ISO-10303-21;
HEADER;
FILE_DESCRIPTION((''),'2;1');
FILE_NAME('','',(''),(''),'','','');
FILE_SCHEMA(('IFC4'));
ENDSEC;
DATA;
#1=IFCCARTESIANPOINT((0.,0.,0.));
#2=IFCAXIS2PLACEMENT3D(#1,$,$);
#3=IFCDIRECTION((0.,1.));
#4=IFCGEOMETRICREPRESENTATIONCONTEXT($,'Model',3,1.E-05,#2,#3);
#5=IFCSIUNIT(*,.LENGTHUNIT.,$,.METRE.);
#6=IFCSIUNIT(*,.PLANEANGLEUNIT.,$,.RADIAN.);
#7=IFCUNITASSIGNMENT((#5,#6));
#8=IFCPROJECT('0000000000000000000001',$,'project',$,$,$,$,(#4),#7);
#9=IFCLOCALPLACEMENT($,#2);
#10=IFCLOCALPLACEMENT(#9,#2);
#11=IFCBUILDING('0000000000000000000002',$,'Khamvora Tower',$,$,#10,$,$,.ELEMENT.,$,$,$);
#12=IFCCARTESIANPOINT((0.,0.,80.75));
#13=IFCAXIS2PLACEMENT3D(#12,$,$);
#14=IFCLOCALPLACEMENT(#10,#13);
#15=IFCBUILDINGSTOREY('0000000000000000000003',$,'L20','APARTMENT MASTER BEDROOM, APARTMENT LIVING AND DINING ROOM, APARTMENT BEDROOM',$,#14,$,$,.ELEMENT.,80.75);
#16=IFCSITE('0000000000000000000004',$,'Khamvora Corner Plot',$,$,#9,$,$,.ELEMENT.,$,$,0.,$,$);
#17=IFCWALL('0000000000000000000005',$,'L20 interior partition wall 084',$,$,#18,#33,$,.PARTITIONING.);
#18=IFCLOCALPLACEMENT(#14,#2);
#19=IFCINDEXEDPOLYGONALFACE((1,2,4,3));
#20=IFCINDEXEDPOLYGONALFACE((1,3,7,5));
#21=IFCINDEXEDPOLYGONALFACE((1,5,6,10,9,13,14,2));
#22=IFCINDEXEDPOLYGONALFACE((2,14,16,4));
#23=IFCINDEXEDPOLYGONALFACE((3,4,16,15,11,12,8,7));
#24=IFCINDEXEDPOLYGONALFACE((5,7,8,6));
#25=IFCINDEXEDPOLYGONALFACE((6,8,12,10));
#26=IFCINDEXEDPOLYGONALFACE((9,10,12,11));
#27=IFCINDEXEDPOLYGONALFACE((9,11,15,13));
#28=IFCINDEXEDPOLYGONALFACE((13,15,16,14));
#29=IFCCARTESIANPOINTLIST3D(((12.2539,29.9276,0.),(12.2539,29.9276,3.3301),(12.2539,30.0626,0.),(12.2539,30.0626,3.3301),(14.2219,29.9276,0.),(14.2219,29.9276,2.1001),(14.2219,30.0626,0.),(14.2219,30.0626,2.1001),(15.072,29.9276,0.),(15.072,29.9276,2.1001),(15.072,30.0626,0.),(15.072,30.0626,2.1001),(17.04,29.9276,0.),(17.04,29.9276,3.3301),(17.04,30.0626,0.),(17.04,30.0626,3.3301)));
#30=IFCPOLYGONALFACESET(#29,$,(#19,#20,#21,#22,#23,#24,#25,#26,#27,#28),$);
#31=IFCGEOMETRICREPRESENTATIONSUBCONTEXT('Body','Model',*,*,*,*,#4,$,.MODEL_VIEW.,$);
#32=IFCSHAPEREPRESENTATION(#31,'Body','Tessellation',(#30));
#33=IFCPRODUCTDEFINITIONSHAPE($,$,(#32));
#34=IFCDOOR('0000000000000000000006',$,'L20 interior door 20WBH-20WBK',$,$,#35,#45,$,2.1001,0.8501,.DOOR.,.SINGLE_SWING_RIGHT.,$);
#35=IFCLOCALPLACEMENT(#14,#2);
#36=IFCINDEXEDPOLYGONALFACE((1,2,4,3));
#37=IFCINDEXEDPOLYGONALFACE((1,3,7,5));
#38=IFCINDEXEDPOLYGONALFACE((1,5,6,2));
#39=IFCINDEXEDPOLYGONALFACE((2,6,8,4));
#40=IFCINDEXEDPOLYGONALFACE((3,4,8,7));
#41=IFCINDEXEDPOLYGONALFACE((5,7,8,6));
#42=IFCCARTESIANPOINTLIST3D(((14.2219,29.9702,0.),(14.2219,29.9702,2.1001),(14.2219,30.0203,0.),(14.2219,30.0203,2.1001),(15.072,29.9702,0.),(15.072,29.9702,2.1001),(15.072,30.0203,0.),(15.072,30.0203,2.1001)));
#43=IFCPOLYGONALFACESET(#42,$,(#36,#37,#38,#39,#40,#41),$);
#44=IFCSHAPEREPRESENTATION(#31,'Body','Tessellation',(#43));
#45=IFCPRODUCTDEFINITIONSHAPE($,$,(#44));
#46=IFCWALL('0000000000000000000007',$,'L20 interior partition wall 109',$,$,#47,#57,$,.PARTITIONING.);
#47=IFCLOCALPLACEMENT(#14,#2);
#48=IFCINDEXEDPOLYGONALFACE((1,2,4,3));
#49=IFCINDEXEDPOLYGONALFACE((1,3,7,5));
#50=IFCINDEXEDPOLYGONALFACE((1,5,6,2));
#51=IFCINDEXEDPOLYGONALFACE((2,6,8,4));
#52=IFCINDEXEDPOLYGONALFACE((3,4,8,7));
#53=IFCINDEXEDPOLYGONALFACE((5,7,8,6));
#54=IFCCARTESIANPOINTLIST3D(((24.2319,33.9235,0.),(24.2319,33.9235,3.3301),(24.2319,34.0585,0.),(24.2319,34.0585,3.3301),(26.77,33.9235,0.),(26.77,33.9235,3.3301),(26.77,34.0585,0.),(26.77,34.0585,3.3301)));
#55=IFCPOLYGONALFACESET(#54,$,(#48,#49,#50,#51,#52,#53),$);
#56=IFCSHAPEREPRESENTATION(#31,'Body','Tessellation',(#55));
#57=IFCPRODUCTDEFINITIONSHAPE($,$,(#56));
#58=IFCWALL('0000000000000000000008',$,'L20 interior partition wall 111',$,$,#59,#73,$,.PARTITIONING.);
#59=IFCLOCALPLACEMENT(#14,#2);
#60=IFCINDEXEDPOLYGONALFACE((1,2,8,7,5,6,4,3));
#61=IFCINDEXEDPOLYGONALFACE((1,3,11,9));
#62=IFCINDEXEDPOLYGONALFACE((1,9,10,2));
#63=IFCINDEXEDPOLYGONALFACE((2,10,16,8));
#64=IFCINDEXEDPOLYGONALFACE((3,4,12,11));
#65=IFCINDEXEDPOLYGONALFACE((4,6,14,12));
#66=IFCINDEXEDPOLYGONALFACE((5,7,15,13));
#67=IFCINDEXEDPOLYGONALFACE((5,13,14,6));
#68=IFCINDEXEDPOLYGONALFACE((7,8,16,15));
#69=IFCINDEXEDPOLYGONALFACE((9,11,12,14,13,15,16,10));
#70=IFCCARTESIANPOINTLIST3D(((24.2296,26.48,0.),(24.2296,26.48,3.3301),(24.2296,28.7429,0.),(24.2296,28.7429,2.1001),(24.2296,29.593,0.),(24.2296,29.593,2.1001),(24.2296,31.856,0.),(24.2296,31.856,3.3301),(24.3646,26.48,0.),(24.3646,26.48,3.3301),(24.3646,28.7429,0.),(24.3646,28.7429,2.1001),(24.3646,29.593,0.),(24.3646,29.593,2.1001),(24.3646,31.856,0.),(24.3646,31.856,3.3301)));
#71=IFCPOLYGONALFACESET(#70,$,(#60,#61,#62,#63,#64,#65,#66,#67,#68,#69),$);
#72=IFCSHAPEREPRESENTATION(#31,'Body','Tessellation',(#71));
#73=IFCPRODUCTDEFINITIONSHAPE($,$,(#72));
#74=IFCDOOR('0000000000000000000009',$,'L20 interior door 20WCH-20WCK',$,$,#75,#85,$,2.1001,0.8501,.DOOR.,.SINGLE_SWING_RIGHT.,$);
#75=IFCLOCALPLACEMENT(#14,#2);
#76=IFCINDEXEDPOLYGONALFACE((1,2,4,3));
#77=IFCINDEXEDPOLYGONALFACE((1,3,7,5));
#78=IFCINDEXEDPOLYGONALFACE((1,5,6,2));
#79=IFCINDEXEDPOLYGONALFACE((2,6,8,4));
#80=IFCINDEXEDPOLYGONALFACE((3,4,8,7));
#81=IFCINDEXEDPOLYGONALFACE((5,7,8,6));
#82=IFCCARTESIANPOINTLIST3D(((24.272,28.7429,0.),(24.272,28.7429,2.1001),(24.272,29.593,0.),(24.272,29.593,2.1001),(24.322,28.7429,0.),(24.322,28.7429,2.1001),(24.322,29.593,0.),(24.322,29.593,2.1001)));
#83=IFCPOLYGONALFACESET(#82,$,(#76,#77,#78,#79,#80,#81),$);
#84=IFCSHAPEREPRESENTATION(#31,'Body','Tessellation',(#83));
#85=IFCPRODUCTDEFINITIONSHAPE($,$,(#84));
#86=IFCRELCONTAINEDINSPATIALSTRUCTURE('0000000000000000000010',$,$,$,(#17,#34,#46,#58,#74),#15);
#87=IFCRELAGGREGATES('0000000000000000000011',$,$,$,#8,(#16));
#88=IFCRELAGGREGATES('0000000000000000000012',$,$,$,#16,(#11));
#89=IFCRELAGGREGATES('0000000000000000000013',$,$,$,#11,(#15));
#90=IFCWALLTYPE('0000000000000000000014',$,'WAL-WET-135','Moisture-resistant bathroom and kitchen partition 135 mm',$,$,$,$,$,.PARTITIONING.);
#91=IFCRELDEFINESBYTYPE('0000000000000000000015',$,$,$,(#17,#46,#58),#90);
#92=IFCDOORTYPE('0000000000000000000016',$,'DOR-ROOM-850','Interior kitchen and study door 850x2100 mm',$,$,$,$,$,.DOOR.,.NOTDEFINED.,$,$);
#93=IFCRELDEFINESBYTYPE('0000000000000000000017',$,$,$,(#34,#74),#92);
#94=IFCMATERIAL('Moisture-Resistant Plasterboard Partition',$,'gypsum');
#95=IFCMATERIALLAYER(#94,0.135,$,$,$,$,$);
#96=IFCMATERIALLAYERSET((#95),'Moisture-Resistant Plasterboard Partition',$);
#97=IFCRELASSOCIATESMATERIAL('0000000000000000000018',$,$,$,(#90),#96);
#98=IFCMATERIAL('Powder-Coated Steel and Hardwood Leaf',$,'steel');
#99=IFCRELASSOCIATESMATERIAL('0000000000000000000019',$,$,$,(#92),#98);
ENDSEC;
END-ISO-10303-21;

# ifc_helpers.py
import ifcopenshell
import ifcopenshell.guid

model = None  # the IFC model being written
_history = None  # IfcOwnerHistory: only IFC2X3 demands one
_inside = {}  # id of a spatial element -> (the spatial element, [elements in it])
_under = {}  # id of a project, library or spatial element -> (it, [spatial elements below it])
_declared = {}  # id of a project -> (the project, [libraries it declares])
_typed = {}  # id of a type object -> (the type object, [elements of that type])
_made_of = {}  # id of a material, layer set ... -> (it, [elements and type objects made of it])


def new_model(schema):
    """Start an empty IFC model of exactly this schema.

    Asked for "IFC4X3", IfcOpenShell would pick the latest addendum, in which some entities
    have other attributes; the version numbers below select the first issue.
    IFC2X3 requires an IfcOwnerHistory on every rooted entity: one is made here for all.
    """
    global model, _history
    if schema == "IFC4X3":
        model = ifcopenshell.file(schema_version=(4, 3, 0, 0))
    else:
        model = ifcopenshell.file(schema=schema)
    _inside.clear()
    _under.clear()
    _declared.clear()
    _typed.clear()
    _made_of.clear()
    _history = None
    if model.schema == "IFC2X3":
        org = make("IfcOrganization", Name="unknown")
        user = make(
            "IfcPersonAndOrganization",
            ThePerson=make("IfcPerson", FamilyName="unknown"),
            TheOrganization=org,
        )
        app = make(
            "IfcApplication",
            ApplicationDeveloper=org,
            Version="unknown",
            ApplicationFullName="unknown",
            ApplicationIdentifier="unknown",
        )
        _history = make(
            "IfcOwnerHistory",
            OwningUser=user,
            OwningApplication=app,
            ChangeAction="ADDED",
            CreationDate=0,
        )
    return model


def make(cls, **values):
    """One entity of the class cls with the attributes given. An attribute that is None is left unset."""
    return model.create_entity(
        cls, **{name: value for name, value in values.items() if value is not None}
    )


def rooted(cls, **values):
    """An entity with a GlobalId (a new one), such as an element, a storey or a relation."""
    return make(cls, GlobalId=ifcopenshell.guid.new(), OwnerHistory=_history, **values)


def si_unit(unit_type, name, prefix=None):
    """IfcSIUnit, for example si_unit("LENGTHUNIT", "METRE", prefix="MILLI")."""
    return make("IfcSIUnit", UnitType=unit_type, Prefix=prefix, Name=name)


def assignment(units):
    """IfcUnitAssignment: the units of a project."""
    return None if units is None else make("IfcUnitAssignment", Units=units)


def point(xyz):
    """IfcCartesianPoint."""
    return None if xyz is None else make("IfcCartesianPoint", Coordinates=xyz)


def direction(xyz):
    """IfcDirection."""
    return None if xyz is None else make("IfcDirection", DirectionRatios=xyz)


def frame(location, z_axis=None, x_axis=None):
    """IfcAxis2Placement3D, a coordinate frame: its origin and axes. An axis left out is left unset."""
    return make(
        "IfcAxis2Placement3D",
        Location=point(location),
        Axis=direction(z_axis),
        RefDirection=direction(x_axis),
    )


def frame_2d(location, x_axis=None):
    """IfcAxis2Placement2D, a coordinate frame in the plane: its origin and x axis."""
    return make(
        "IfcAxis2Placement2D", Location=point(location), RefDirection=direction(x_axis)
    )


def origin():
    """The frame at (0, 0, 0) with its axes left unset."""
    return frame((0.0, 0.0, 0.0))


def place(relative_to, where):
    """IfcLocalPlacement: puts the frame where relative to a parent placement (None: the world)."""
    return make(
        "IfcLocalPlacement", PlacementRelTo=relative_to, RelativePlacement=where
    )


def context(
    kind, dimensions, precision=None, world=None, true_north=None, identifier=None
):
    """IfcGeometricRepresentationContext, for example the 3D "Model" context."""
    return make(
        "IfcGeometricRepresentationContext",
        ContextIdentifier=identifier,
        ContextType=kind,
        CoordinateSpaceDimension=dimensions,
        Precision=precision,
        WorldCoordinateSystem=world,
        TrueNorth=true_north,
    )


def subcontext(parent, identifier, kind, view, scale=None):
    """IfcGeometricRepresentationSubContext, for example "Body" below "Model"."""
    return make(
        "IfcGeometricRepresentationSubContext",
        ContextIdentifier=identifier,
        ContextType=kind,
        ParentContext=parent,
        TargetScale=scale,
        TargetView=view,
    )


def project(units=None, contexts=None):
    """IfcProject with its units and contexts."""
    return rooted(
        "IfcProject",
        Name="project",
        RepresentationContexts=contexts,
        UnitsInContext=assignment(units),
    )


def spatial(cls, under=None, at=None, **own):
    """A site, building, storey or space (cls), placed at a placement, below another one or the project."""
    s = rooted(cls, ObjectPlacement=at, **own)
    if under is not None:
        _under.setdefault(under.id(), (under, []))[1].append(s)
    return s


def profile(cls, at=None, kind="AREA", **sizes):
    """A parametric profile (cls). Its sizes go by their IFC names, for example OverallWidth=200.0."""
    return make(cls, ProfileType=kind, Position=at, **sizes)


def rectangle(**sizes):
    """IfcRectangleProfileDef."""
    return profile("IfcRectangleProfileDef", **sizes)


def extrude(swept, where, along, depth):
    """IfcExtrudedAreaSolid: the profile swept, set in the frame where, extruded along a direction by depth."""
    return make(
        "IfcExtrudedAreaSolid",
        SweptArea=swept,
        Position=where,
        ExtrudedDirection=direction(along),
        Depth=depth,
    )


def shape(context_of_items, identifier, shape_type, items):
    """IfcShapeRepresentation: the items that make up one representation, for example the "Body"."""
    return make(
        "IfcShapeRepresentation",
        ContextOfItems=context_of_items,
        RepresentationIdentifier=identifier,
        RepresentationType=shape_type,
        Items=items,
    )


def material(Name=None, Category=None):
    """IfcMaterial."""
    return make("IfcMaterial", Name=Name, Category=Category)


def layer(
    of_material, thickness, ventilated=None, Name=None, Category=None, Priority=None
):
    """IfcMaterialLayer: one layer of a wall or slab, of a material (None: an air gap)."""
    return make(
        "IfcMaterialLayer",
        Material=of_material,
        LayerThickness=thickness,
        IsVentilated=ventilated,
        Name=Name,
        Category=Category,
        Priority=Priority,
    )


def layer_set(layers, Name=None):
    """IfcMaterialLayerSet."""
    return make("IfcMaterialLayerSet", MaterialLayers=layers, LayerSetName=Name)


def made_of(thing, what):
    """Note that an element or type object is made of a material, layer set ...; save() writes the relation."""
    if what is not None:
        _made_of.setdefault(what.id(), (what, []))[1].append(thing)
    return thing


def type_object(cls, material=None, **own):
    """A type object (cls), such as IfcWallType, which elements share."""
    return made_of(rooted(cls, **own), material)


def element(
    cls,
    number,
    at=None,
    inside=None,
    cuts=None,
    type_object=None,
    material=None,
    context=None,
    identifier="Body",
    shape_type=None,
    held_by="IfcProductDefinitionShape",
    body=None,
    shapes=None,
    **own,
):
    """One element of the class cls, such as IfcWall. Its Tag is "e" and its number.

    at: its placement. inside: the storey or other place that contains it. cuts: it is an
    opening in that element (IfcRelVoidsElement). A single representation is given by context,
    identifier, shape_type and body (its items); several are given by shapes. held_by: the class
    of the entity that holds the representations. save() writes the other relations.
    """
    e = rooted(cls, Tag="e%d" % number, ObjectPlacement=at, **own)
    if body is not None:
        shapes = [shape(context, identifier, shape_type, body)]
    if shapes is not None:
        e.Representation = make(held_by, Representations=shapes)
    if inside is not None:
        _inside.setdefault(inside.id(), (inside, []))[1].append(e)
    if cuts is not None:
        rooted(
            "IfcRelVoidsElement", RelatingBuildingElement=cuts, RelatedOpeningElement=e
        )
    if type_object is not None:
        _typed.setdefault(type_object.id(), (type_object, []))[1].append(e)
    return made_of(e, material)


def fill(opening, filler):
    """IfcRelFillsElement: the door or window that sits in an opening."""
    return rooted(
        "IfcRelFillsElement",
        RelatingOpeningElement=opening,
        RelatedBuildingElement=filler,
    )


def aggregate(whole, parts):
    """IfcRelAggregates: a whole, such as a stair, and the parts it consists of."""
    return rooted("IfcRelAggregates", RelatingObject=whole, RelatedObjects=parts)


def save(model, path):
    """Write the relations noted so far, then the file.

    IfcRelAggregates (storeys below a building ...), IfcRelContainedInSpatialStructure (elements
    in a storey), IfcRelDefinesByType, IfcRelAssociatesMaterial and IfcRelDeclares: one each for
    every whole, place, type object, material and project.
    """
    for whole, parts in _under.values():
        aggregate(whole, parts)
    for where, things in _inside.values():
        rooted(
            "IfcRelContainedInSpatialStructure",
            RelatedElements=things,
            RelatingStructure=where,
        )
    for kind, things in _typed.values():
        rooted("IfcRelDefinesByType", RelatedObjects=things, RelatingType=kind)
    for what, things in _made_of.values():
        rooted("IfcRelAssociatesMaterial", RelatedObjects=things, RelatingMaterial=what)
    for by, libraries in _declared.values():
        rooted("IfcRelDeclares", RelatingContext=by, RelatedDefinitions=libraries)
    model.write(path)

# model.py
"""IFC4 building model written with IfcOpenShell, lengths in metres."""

from ifc_helpers import new_model, si_unit, direction, frame, frame_2d, origin, place, context, subcontext, project, spatial, rectangle, extrude, material, layer, layer_set, type_object, element, fill, save


model = new_model("IFC4")

# Units and contexts
model_context = context("Model", 3, precision=1e-05, world=origin(), true_north=direction((0.0, 1.0)))
body_context = subcontext(model_context, "Body", "Model", "MODEL_VIEW")
ifc_project = project(units=[si_unit("LENGTHUNIT", "METRE"), si_unit("PLANEANGLEUNIT", "RADIAN")], contexts=[model_context])

# Site, building, storey
site_placement = place(None, origin())
site = spatial("IfcSite", under=ifc_project, at=site_placement, Name="Khamvora Corner Plot", CompositionType="ELEMENT", RefElevation=0.0)
building_placement = place(site_placement, origin())
building = spatial("IfcBuilding", under=site, at=building_placement, Name="Khamvora Tower", CompositionType="ELEMENT")
storey_placement = place(building_placement, frame((0.0, 0.0, 80.75)))
storey = spatial("IfcBuildingStorey", under=building, at=storey_placement, Name="L20", Description="APARTMENT MASTER BEDROOM, APARTMENT LIVING AND DINING ROOM, APARTMENT BEDROOM", CompositionType="ELEMENT", Elevation=80.75)

# Shared definitions
ifc_material_1 = material(Name="Powder-Coated Steel and Hardwood Leaf", Category="steel")

# Wall, opening, door
ifc_material_2 = material(Name="Moisture-Resistant Plasterboard Partition", Category="gypsum")
ifc_layer_1 = layer(ifc_material_2, 0.135)
ifc_layer_set_1 = layer_set([ifc_layer_1], Name="Moisture-Resistant Plasterboard Partition")
wall_type_1 = type_object("IfcWallType", Name="WAL-WET-135", Description="Moisture-resistant bathroom and kitchen partition 135 mm", PredefinedType="PARTITIONING", material=ifc_layer_set_1)
wall_1_placement = place(storey_placement, frame((17.04, 29.9951, 0.0), z_axis=(0.0, 0.0, 1.0), x_axis=(-1.0, 0.0, 0.0)))
wall_1 = element("IfcWall", 1, at=wall_1_placement, inside=storey, type_object=wall_type_1, Name="L20 interior partition wall 084", PredefinedType="PARTITIONING", context=body_context, shape_type="SweptSolid", body=[
    extrude(rectangle(XDim=4.7861, YDim=0.135, at=frame_2d((2.3931, 0.0))), origin(), (0.0, 0.0, 1.0), 3.3301),
])
opening_1_placement = place(wall_1_placement, frame((1.968, 0.0, 0.0)))
opening_1 = element("IfcOpeningElement", 2, at=opening_1_placement, cuts=wall_1, PredefinedType="OPENING", context=body_context, shape_type="SweptSolid", body=[
    extrude(rectangle(XDim=0.8501, YDim=2.1001, at=frame_2d((0.425, 1.05))), frame((0.0, 0.0774, 0.0), z_axis=(0.0, -1.0, 0.0), x_axis=(1.0, 0.0, 0.0)), (0.0, 0.0, 1.0), 0.155),
])
door_type_1 = type_object("IfcDoorType", Name="DOR-ROOM-850", Description="Interior kitchen and study door 850x2100 mm", OperationType="NOTDEFINED", PredefinedType="DOOR", material=ifc_material_1)
door_1_placement = place(opening_1_placement, origin())
door_1 = element("IfcDoor", 3, at=door_1_placement, inside=storey, type_object=door_type_1, Name="L20 interior door 20WBH-20WBK", OperationType="SINGLE_SWING_RIGHT", OverallHeight=2.1001, OverallWidth=0.8501, PredefinedType="DOOR", context=body_context, shape_type="SweptSolid", body=[
    extrude(rectangle(XDim=0.8501, YDim=2.1001, at=frame_2d((0.425, 1.05))), frame((0.0, 0.0249, 0.0), z_axis=(0.0, -1.0, 0.0), x_axis=(1.0, 0.0, 0.0)), (0.0, 0.0, 1.0), 0.05),
])
fill(opening_1, door_1)

# Wall
wall_2_placement = place(storey_placement, frame((24.2319, 33.991, 0.0), z_axis=(0.0, 0.0, 1.0), x_axis=(1.0, 0.0, 0.0)))
element("IfcWall", 4, at=wall_2_placement, inside=storey, type_object=wall_type_1, Name="L20 interior partition wall 109", PredefinedType="PARTITIONING", context=body_context, shape_type="SweptSolid", body=[
    extrude(rectangle(XDim=2.5381, YDim=0.135, at=frame_2d((1.269, 0.0))), origin(), (0.0, 0.0, 1.0), 3.3301),
])

# Wall, opening, door
wall_3_placement = place(storey_placement, frame((24.2971, 31.856, 0.0), z_axis=(0.0, 0.0, 1.0), x_axis=(0.0, -1.0, 0.0)))
wall_3 = element("IfcWall", 5, at=wall_3_placement, inside=storey, type_object=wall_type_1, Name="L20 interior partition wall 111", PredefinedType="PARTITIONING", context=body_context, shape_type="SweptSolid", body=[
    extrude(rectangle(XDim=5.376, YDim=0.135, at=frame_2d((2.688, 0.0))), origin(), (0.0, 0.0, 1.0), 3.3301),
])
opening_2_placement = place(wall_3_placement, frame((2.2629, 0.0, 0.0)))
opening_2 = element("IfcOpeningElement", 6, at=opening_2_placement, cuts=wall_3, PredefinedType="OPENING", context=body_context, shape_type="SweptSolid", body=[
    extrude(rectangle(XDim=0.8501, YDim=2.1001, at=frame_2d((0.425, 1.05))), frame((0.0, 0.0774, 0.0), z_axis=(0.0, -1.0, 0.0), x_axis=(1.0, 0.0, 0.0)), (0.0, 0.0, 1.0), 0.155),
])
door_2_placement = place(opening_2_placement, origin())
door_2 = element("IfcDoor", 7, at=door_2_placement, inside=storey, type_object=door_type_1, Name="L20 interior door 20WCH-20WCK", OperationType="SINGLE_SWING_RIGHT", OverallHeight=2.1001, OverallWidth=0.8501, PredefinedType="DOOR", context=body_context, shape_type="SweptSolid", body=[
    extrude(rectangle(XDim=0.8501, YDim=2.1001, at=frame_2d((0.425, 1.05))), frame((0.0, 0.0249, 0.0), z_axis=(0.0, -1.0, 0.0), x_axis=(1.0, 0.0, 0.0)), (0.0, 0.0, 1.0), 0.05),
])
fill(opening_2, door_2)

save(model, "model.ifc")
